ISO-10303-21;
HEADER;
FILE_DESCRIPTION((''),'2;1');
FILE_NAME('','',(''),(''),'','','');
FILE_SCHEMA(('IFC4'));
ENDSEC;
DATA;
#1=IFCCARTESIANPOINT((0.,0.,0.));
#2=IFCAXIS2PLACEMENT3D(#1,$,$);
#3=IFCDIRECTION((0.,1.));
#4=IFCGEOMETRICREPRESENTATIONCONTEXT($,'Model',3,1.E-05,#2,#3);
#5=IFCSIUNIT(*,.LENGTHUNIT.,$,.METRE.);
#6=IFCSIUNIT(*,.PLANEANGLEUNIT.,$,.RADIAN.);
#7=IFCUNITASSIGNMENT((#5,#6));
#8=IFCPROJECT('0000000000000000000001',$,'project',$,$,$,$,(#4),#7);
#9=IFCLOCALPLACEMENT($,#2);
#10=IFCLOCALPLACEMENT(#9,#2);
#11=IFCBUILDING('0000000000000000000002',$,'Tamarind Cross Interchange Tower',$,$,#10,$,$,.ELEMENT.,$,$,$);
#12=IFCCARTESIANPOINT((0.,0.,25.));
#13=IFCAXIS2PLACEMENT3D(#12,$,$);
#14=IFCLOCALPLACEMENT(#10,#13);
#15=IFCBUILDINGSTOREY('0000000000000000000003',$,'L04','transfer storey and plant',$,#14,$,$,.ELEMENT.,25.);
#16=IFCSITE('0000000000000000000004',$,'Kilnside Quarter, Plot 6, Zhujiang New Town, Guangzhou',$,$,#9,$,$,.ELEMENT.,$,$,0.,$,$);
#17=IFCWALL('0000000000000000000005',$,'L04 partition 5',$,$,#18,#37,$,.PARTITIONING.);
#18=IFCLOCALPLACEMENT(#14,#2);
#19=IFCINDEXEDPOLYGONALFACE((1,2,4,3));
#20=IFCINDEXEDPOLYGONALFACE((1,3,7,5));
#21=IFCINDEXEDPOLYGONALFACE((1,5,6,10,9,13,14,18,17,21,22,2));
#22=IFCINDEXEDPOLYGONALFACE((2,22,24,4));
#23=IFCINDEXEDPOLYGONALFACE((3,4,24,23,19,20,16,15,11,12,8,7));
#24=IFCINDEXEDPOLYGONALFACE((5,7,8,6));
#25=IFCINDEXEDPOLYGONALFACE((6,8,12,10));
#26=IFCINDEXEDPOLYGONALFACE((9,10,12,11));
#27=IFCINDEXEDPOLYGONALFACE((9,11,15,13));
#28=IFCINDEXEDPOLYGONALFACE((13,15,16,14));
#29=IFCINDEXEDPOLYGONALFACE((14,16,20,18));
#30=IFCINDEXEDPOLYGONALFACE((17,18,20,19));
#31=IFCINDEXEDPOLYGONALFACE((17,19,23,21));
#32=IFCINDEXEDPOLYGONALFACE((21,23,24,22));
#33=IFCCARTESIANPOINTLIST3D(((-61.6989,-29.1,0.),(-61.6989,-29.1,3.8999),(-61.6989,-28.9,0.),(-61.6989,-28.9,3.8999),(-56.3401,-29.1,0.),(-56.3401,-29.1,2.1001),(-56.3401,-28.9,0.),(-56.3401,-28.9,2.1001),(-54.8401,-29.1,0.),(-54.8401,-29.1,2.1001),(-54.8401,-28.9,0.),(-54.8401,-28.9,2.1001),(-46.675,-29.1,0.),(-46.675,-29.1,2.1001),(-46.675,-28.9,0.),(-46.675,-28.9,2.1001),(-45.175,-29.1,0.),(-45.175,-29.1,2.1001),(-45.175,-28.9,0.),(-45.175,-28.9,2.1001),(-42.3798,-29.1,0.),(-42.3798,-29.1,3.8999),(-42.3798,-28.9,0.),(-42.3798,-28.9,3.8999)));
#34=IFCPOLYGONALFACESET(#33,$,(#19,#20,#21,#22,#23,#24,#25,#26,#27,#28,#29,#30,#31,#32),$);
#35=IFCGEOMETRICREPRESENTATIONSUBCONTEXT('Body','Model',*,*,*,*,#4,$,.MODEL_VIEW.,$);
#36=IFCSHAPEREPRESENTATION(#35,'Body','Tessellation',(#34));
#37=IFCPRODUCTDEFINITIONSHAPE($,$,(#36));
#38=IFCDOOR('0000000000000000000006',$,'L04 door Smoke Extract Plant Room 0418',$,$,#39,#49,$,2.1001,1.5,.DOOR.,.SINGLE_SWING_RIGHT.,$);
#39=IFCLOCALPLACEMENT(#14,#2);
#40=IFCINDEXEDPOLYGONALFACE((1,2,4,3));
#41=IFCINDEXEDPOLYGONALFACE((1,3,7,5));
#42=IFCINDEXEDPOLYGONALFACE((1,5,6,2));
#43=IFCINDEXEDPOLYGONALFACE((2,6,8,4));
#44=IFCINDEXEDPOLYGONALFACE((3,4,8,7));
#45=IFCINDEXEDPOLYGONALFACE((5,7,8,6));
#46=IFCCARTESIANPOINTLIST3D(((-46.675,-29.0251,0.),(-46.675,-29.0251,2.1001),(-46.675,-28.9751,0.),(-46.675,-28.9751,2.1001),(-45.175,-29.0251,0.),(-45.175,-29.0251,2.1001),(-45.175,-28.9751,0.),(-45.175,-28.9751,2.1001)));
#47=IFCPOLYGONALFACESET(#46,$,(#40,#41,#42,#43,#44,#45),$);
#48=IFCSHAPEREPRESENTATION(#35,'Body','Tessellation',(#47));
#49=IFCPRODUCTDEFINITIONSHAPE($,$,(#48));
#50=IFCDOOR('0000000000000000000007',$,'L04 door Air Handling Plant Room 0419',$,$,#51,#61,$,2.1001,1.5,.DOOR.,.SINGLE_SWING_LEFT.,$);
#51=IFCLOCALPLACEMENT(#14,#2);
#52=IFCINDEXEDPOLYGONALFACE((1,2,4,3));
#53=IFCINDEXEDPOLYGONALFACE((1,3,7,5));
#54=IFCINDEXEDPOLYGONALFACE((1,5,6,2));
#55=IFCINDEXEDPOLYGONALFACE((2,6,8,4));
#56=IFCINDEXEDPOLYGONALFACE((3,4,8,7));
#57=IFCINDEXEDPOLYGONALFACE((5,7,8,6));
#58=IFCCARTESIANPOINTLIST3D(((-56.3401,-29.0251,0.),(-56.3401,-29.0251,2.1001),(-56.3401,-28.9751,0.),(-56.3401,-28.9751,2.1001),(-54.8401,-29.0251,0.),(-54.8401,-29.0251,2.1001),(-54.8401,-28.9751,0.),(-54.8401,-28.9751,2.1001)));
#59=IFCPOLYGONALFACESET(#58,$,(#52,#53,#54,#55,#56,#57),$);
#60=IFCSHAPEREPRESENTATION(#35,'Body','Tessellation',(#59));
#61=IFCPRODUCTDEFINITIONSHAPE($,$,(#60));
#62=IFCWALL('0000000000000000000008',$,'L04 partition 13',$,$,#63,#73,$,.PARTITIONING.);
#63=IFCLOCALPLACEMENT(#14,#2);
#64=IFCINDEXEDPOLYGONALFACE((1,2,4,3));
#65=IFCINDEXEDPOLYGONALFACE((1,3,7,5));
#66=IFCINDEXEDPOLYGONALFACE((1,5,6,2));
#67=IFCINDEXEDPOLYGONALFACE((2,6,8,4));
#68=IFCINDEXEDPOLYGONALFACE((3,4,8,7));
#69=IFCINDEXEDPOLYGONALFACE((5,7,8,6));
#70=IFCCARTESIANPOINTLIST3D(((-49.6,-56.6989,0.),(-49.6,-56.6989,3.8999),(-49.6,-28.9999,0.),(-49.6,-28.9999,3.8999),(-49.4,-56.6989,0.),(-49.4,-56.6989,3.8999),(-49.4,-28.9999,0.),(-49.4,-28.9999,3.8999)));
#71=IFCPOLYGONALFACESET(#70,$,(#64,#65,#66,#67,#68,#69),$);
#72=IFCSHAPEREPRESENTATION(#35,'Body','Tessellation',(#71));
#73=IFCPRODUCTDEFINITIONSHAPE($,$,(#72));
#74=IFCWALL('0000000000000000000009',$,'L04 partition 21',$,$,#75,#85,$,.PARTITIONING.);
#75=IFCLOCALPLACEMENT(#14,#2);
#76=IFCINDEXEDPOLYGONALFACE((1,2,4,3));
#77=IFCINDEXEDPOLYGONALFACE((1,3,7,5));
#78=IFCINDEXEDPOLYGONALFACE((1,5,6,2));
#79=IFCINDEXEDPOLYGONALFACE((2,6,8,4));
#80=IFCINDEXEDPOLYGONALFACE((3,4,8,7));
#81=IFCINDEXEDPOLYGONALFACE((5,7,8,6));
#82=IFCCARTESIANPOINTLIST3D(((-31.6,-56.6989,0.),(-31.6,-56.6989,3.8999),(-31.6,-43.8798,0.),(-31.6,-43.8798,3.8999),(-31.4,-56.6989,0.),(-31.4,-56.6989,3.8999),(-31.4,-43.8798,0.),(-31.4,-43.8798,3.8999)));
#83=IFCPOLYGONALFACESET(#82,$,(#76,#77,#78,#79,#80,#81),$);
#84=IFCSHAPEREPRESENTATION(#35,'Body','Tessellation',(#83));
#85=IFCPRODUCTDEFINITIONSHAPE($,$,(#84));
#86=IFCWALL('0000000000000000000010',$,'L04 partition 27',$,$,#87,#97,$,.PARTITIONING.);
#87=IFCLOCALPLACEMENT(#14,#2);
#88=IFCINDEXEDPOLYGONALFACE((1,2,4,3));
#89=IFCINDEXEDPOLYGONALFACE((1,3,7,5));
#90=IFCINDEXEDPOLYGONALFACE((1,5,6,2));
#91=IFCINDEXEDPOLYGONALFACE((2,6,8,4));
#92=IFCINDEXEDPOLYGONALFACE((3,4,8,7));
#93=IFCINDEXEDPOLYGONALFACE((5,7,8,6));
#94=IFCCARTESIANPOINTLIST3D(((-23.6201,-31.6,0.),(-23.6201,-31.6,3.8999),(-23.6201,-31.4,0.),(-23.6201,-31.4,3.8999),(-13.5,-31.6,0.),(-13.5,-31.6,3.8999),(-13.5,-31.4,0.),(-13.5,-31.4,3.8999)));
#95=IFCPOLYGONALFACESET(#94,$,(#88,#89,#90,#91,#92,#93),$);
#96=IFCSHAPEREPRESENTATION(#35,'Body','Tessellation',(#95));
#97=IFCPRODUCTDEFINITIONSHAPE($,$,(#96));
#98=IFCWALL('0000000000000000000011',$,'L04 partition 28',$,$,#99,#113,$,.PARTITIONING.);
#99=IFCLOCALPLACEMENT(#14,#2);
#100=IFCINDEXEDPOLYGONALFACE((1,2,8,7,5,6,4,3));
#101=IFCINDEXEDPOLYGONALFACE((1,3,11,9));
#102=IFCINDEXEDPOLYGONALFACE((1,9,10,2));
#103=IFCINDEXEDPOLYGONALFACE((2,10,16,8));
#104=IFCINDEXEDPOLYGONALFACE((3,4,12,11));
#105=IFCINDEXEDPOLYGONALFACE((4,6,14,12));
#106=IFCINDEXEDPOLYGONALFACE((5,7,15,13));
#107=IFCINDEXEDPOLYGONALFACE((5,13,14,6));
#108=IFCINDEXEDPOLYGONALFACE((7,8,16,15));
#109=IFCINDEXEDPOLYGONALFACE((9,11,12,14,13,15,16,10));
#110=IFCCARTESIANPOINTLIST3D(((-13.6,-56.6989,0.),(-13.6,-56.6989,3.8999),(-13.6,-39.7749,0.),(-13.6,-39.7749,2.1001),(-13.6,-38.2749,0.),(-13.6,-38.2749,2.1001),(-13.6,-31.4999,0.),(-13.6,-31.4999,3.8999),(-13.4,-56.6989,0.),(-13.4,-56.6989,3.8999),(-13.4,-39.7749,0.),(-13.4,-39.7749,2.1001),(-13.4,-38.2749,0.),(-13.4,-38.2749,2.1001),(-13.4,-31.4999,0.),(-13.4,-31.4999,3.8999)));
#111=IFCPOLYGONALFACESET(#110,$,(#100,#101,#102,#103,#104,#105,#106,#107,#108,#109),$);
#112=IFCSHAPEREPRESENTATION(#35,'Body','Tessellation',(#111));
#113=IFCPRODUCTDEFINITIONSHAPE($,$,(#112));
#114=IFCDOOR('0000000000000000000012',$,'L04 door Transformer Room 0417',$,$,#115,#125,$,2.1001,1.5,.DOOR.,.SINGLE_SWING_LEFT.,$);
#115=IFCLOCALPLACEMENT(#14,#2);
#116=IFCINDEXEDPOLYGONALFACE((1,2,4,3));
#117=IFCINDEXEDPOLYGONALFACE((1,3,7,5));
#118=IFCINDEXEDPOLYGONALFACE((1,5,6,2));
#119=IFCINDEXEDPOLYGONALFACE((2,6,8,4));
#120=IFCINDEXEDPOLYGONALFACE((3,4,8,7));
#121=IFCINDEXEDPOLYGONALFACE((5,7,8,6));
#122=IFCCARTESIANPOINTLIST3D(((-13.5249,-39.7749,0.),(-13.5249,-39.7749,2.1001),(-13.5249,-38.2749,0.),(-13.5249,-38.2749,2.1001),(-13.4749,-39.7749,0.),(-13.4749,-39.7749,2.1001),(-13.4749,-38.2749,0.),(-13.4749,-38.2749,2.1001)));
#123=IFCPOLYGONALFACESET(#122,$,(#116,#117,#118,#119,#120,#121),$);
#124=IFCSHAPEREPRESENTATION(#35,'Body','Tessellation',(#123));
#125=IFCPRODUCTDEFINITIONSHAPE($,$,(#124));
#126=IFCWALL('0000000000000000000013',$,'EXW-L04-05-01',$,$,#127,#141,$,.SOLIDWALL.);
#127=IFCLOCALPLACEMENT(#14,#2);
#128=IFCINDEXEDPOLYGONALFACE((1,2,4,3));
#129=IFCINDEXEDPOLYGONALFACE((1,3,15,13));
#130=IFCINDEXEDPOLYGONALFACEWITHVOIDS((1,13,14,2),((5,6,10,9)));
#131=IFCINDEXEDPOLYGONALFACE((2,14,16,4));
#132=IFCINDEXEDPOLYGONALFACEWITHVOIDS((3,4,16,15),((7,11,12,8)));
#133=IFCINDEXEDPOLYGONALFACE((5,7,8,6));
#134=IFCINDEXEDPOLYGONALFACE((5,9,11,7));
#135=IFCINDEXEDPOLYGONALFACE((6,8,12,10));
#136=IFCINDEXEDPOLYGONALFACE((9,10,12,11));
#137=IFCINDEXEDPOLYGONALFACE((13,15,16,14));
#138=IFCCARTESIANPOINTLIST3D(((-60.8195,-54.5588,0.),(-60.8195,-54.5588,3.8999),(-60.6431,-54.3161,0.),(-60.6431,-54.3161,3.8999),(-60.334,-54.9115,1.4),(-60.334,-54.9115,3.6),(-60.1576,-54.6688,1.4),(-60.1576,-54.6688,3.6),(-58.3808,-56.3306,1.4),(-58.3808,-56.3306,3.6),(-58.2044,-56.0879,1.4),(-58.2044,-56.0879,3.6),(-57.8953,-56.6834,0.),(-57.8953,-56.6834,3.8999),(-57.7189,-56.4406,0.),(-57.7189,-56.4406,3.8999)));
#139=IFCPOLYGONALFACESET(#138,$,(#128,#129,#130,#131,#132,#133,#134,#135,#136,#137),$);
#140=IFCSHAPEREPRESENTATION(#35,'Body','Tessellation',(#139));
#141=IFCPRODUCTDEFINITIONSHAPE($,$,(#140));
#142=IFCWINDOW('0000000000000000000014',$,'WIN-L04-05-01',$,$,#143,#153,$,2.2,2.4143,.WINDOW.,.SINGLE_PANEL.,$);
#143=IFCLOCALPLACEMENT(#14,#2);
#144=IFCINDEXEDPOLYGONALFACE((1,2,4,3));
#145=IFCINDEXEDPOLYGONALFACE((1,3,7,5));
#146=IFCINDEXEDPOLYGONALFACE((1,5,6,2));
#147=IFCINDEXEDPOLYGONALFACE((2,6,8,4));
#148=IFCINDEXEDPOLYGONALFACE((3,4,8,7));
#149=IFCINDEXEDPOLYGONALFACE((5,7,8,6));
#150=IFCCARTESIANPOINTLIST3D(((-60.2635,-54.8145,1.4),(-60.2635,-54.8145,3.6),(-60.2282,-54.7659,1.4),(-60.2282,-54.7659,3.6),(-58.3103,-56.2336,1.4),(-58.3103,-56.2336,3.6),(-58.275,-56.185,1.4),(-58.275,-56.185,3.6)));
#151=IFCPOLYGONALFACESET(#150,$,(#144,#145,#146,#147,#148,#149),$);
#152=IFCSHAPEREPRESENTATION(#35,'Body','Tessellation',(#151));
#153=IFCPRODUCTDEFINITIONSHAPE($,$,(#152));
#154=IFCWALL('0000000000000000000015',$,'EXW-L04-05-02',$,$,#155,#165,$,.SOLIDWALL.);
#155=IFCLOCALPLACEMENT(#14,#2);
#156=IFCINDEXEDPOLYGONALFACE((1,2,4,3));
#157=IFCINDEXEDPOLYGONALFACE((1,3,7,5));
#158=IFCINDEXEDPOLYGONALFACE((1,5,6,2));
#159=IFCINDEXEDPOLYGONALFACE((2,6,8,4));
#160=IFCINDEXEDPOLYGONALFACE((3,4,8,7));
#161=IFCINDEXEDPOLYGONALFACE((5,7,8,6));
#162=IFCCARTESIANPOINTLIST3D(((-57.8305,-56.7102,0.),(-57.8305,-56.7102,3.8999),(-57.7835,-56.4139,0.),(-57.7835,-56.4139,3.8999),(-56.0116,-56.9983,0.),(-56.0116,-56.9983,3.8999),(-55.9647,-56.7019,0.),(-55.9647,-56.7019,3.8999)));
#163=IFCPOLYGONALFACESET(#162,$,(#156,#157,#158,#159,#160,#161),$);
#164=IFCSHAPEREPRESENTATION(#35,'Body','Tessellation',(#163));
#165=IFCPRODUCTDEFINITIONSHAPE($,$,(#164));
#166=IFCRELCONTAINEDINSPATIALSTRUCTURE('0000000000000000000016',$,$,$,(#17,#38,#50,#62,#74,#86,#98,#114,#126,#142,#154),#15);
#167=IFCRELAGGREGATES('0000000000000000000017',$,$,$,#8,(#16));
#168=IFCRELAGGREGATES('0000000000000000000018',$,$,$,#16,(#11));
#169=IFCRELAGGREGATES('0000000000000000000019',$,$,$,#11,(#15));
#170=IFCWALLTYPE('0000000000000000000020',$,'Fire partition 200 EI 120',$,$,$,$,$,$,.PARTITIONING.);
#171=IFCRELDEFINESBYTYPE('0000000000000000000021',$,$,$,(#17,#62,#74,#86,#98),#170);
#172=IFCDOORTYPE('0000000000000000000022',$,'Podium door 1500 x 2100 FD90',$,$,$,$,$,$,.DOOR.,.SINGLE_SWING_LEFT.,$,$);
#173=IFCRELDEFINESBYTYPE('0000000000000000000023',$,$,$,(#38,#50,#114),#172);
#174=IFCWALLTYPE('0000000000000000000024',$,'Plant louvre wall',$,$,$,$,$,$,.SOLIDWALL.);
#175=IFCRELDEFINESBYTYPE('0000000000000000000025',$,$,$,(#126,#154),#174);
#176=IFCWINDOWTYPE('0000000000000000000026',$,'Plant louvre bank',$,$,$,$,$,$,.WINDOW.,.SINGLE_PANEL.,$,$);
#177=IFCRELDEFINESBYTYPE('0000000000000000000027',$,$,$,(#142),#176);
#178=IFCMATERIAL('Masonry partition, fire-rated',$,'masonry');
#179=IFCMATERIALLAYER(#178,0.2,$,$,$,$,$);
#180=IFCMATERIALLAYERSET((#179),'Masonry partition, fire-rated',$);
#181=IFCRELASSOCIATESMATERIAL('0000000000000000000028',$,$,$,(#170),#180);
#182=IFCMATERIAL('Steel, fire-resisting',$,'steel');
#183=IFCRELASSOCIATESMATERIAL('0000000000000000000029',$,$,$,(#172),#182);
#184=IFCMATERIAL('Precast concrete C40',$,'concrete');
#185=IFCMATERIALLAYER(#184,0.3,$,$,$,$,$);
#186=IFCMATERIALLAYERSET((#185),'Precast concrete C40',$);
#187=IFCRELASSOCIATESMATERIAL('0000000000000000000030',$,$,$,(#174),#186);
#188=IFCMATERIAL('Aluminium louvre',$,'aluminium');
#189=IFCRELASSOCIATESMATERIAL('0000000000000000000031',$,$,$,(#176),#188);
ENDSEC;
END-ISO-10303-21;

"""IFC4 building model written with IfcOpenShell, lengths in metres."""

from ifc_helpers import new_model, si_unit, direction, frame, frame_2d, origin, place, context, subcontext, project, spatial, rectangle, extrude, material, layer, layer_set, type_object, element, fill, save


model = new_model("IFC4")

# Units and contexts
model_context = context("Model", 3, precision=1e-05, world=origin(), true_north=direction((0.0, 1.0)))
body_context = subcontext(model_context, "Body", "Model", "MODEL_VIEW")
ifc_project = project(units=[si_unit("LENGTHUNIT", "METRE"), si_unit("PLANEANGLEUNIT", "RADIAN")], contexts=[model_context])

# Site, building, storey
site_placement = place(None, origin())
site = spatial("IfcSite", under=ifc_project, at=site_placement, Name="Kilnside Quarter, Plot 6, Zhujiang New Town, Guangzhou", CompositionType="ELEMENT", RefElevation=0.0)
building_placement = place(site_placement, origin())
building = spatial("IfcBuilding", under=site, at=building_placement, Name="Tamarind Cross Interchange Tower", CompositionType="ELEMENT")
storey_placement = place(building_placement, frame((0.0, 0.0, 25.0)))
storey = spatial("IfcBuildingStorey", under=building, at=storey_placement, Name="L04", Description="transfer storey and plant", CompositionType="ELEMENT", Elevation=25.0)

# Wall, openings, doors
ifc_material_1 = material(Name="Masonry partition, fire-rated", Category="masonry")
ifc_layer_1 = layer(ifc_material_1, 0.2)
ifc_layer_set_1 = layer_set([ifc_layer_1], Name="Masonry partition, fire-rated")
wall_type_1 = type_object("IfcWallType", Name="Fire partition 200 EI 120", PredefinedType="PARTITIONING", material=ifc_layer_set_1)
wall_1_placement = place(storey_placement, frame((-61.699, -29.0, 0.0), z_axis=(0.0, 0.0, 1.0), x_axis=(1.0, 0.0, 0.0)))
wall_1 = element("IfcWall", 1, at=wall_1_placement, inside=storey, type_object=wall_type_1, Name="L04 partition 5", PredefinedType="PARTITIONING", context=body_context, shape_type="SweptSolid", body=[
    extrude(rectangle(XDim=19.3191, YDim=0.2, at=frame_2d((9.6597, 0.0))), origin(), (0.0, 0.0, 1.0), 3.8999),
])
opening_1_placement = place(wall_1_placement, frame((15.0239, 0.0, 0.0)))
opening_1 = element("IfcOpeningElement", 2, at=opening_1_placement, cuts=wall_1, PredefinedType="OPENING", context=body_context, shape_type="SweptSolid", body=[
    extrude(rectangle(XDim=1.5, YDim=2.1001, at=frame_2d((0.75, 1.05))), frame((0.0, 0.1099, 0.0), z_axis=(0.0, -1.0, 0.0), x_axis=(1.0, 0.0, 0.0)), (0.0, 0.0, 1.0), 0.22),
])
opening_2_placement = place(wall_1_placement, frame((5.3589, 0.0, 0.0)))
opening_2 = element("IfcOpeningElement", 3, at=opening_2_placement, cuts=wall_1, PredefinedType="OPENING", context=body_context, shape_type="SweptSolid", body=[
    extrude(rectangle(XDim=1.5, YDim=2.1001, at=frame_2d((0.75, 1.05))), frame((0.0, 0.1099, 0.0), z_axis=(0.0, -1.0, 0.0), x_axis=(1.0, 0.0, 0.0)), (0.0, 0.0, 1.0), 0.22),
])
ifc_material_2 = material(Name="Steel, fire-resisting", Category="steel")
door_type = type_object("IfcDoorType", Name="Podium door 1500 x 2100 FD90", OperationType="SINGLE_SWING_LEFT", PredefinedType="DOOR", material=ifc_material_2)
door_1_placement = place(opening_1_placement, origin())
door_1 = element("IfcDoor", 4, at=door_1_placement, inside=storey, type_object=door_type, Name="L04 door Smoke Extract Plant Room 0418", OperationType="SINGLE_SWING_RIGHT", OverallHeight=2.1001, OverallWidth=1.5, PredefinedType="DOOR", context=body_context, shape_type="SweptSolid", body=[
    extrude(rectangle(XDim=1.5, YDim=2.1001, at=frame_2d((0.75, 1.05))), frame((0.0, 0.0249, 0.0), z_axis=(0.0, -1.0, 0.0), x_axis=(1.0, 0.0, 0.0)), (0.0, 0.0, 1.0), 0.05),
])
fill(opening_1, door_1)
door_2_placement = place(opening_2_placement, origin())
door_2 = element("IfcDoor", 5, at=door_2_placement, inside=storey, type_object=door_type, Name="L04 door Air Handling Plant Room 0419", OperationType="SINGLE_SWING_LEFT", OverallHeight=2.1001, OverallWidth=1.5, PredefinedType="DOOR", context=body_context, shape_type="SweptSolid", body=[
    extrude(rectangle(XDim=1.5, YDim=2.1001, at=frame_2d((0.75, 1.05))), frame((0.0, 0.0249, 0.0), z_axis=(0.0, -1.0, 0.0), x_axis=(1.0, 0.0, 0.0)), (0.0, 0.0, 1.0), 0.05),
])
fill(opening_2, door_2)

# Walls
wall_2_placement = place(storey_placement, frame((-49.5, -56.699, 0.0), z_axis=(0.0, 0.0, 1.0), x_axis=(0.0, 1.0, 0.0)))
element("IfcWall", 6, at=wall_2_placement, inside=storey, type_object=wall_type_1, Name="L04 partition 13", PredefinedType="PARTITIONING", context=body_context, shape_type="SweptSolid", body=[
    extrude(rectangle(XDim=27.699, YDim=0.2, at=frame_2d((13.8496, 0.0))), origin(), (0.0, 0.0, 1.0), 3.8999),
])
wall_3_placement = place(storey_placement, frame((-31.5, -56.699, 0.0), z_axis=(0.0, 0.0, 1.0), x_axis=(0.0, 1.0, 0.0)))
element("IfcWall", 7, at=wall_3_placement, inside=storey, type_object=wall_type_1, Name="L04 partition 21", PredefinedType="PARTITIONING", context=body_context, shape_type="SweptSolid", body=[
    extrude(rectangle(XDim=12.8191, YDim=0.2, at=frame_2d((6.4097, 0.0))), origin(), (0.0, 0.0, 1.0), 3.8999),
])
wall_4_placement = place(storey_placement, frame((-23.6201, -31.5, 0.0), z_axis=(0.0, 0.0, 1.0), x_axis=(1.0, 0.0, 0.0)))
element("IfcWall", 8, at=wall_4_placement, inside=storey, type_object=wall_type_1, Name="L04 partition 27", PredefinedType="PARTITIONING", context=body_context, shape_type="SweptSolid", body=[
    extrude(rectangle(XDim=10.1201, YDim=0.2, at=frame_2d((5.0601, 0.0))), origin(), (0.0, 0.0, 1.0), 3.8999),
])

# Wall, opening, door
wall_5_placement = place(storey_placement, frame((-13.5, -56.699, 0.0), z_axis=(0.0, 0.0, 1.0), x_axis=(0.0, 1.0, 0.0)))
wall_5 = element("IfcWall", 9, at=wall_5_placement, inside=storey, type_object=wall_type_1, Name="L04 partition 28", PredefinedType="PARTITIONING", context=body_context, shape_type="SweptSolid", body=[
    extrude(rectangle(XDim=25.199, YDim=0.2, at=frame_2d((12.5996, 0.0))), origin(), (0.0, 0.0, 1.0), 3.8999),
])
opening_3_placement = place(wall_5_placement, frame((16.9241, 0.0, 0.0)))
opening_3 = element("IfcOpeningElement", 10, at=opening_3_placement, cuts=wall_5, PredefinedType="OPENING", context=body_context, shape_type="SweptSolid", body=[
    extrude(rectangle(XDim=1.5, YDim=2.1001, at=frame_2d((0.75, 1.05))), frame((0.0, 0.1099, 0.0), z_axis=(0.0, -1.0, 0.0), x_axis=(1.0, 0.0, 0.0)), (0.0, 0.0, 1.0), 0.22),
])
door_3_placement = place(opening_3_placement, origin())
door_3 = element("IfcDoor", 11, at=door_3_placement, inside=storey, type_object=door_type, Name="L04 door Transformer Room 0417", OperationType="SINGLE_SWING_LEFT", OverallHeight=2.1001, OverallWidth=1.5, PredefinedType="DOOR", context=body_context, shape_type="SweptSolid", body=[
    extrude(rectangle(XDim=1.5, YDim=2.1001, at=frame_2d((0.75, 1.05))), frame((0.0, 0.0249, 0.0), z_axis=(0.0, -1.0, 0.0), x_axis=(1.0, 0.0, 0.0)), (0.0, 0.0, 1.0), 0.05),
])
fill(opening_3, door_3)

# Wall, opening, window
ifc_material_3 = material(Name="Precast concrete C40", Category="concrete")
ifc_layer_2 = layer(ifc_material_3, 0.3)
ifc_layer_set_2 = layer_set([ifc_layer_2], Name="Precast concrete C40")
wall_type_2 = type_object("IfcWallType", Name="Plant louvre wall", PredefinedType="SOLIDWALL", material=ifc_layer_set_2)
ifc_material_4 = material(Name="Aluminium louvre", Category="aluminium")
window_type_1 = type_object("IfcWindowType", Name="Plant louvre bank", PartitioningType="SINGLE_PANEL", PredefinedType="WINDOW", material=ifc_material_4)
wall_6_placement = place(storey_placement, frame((-60.7312, -54.4375, 0.0), z_axis=(0.0, 0.0, 1.0), x_axis=(0.809011, -0.587794, 0.0)))
wall_6 = element("IfcWall", 12, at=wall_6_placement, inside=storey, type_object=wall_type_2, Name="EXW-L04-05-01", PredefinedType="SOLIDWALL", context=body_context, shape_type="SweptSolid", body=[
    extrude(rectangle(XDim=3.6145, YDim=0.3, at=frame_2d((1.8071, 0.0))), origin(), (0.0, 0.0, 1.0), 3.8999),
])
opening_4_placement = place(wall_6_placement, frame((0.6001, 0.0, 1.3999)))
opening_4 = element("IfcOpeningElement", 13, at=opening_4_placement, cuts=wall_6, PredefinedType="OPENING", context=body_context, shape_type="SweptSolid", body=[
    extrude(rectangle(XDim=2.4143, YDim=2.2, at=frame_2d((1.207, 1.1001))), frame((0.0, 0.1599, 0.0), z_axis=(0.0, -1.0, 0.0), x_axis=(1.0, 0.0, 0.0)), (0.0, 0.0, 1.0), 0.3201),
])
window_1_placement = place(opening_4_placement, origin())
window_1 = element("IfcWindow", 14, at=window_1_placement, inside=storey, type_object=window_type_1, Name="WIN-L04-05-01", OverallHeight=2.2, OverallWidth=2.4143, PartitioningType="SINGLE_PANEL", PredefinedType="WINDOW", context=body_context, shape_type="SweptSolid", body=[
    extrude(rectangle(XDim=2.4143, YDim=2.2, at=frame_2d((1.207, 1.1001))), frame((0.0, 0.03, 0.0), z_axis=(0.0, -1.0, 0.0), x_axis=(1.0, 0.0, 0.0)), (0.0, 0.0, 1.0), 0.0601),
])
fill(opening_4, window_1)

# Wall
wall_7_placement = place(storey_placement, frame((-57.8071, -56.562, 0.0), z_axis=(0.0, 0.0, 1.0), x_axis=(0.987688, -0.156439, 0.0)))
element("IfcWall", 15, at=wall_7_placement, inside=storey, type_object=wall_type_2, Name="EXW-L04-05-02", PredefinedType="SOLIDWALL", context=body_context, shape_type="SweptSolid", body=[
    extrude(rectangle(XDim=1.8416, YDim=0.3, at=frame_2d((0.9209, 0.0))), origin(), (0.0, 0.0, 1.0), 3.8999),
])

save(model, "model.ifc")
